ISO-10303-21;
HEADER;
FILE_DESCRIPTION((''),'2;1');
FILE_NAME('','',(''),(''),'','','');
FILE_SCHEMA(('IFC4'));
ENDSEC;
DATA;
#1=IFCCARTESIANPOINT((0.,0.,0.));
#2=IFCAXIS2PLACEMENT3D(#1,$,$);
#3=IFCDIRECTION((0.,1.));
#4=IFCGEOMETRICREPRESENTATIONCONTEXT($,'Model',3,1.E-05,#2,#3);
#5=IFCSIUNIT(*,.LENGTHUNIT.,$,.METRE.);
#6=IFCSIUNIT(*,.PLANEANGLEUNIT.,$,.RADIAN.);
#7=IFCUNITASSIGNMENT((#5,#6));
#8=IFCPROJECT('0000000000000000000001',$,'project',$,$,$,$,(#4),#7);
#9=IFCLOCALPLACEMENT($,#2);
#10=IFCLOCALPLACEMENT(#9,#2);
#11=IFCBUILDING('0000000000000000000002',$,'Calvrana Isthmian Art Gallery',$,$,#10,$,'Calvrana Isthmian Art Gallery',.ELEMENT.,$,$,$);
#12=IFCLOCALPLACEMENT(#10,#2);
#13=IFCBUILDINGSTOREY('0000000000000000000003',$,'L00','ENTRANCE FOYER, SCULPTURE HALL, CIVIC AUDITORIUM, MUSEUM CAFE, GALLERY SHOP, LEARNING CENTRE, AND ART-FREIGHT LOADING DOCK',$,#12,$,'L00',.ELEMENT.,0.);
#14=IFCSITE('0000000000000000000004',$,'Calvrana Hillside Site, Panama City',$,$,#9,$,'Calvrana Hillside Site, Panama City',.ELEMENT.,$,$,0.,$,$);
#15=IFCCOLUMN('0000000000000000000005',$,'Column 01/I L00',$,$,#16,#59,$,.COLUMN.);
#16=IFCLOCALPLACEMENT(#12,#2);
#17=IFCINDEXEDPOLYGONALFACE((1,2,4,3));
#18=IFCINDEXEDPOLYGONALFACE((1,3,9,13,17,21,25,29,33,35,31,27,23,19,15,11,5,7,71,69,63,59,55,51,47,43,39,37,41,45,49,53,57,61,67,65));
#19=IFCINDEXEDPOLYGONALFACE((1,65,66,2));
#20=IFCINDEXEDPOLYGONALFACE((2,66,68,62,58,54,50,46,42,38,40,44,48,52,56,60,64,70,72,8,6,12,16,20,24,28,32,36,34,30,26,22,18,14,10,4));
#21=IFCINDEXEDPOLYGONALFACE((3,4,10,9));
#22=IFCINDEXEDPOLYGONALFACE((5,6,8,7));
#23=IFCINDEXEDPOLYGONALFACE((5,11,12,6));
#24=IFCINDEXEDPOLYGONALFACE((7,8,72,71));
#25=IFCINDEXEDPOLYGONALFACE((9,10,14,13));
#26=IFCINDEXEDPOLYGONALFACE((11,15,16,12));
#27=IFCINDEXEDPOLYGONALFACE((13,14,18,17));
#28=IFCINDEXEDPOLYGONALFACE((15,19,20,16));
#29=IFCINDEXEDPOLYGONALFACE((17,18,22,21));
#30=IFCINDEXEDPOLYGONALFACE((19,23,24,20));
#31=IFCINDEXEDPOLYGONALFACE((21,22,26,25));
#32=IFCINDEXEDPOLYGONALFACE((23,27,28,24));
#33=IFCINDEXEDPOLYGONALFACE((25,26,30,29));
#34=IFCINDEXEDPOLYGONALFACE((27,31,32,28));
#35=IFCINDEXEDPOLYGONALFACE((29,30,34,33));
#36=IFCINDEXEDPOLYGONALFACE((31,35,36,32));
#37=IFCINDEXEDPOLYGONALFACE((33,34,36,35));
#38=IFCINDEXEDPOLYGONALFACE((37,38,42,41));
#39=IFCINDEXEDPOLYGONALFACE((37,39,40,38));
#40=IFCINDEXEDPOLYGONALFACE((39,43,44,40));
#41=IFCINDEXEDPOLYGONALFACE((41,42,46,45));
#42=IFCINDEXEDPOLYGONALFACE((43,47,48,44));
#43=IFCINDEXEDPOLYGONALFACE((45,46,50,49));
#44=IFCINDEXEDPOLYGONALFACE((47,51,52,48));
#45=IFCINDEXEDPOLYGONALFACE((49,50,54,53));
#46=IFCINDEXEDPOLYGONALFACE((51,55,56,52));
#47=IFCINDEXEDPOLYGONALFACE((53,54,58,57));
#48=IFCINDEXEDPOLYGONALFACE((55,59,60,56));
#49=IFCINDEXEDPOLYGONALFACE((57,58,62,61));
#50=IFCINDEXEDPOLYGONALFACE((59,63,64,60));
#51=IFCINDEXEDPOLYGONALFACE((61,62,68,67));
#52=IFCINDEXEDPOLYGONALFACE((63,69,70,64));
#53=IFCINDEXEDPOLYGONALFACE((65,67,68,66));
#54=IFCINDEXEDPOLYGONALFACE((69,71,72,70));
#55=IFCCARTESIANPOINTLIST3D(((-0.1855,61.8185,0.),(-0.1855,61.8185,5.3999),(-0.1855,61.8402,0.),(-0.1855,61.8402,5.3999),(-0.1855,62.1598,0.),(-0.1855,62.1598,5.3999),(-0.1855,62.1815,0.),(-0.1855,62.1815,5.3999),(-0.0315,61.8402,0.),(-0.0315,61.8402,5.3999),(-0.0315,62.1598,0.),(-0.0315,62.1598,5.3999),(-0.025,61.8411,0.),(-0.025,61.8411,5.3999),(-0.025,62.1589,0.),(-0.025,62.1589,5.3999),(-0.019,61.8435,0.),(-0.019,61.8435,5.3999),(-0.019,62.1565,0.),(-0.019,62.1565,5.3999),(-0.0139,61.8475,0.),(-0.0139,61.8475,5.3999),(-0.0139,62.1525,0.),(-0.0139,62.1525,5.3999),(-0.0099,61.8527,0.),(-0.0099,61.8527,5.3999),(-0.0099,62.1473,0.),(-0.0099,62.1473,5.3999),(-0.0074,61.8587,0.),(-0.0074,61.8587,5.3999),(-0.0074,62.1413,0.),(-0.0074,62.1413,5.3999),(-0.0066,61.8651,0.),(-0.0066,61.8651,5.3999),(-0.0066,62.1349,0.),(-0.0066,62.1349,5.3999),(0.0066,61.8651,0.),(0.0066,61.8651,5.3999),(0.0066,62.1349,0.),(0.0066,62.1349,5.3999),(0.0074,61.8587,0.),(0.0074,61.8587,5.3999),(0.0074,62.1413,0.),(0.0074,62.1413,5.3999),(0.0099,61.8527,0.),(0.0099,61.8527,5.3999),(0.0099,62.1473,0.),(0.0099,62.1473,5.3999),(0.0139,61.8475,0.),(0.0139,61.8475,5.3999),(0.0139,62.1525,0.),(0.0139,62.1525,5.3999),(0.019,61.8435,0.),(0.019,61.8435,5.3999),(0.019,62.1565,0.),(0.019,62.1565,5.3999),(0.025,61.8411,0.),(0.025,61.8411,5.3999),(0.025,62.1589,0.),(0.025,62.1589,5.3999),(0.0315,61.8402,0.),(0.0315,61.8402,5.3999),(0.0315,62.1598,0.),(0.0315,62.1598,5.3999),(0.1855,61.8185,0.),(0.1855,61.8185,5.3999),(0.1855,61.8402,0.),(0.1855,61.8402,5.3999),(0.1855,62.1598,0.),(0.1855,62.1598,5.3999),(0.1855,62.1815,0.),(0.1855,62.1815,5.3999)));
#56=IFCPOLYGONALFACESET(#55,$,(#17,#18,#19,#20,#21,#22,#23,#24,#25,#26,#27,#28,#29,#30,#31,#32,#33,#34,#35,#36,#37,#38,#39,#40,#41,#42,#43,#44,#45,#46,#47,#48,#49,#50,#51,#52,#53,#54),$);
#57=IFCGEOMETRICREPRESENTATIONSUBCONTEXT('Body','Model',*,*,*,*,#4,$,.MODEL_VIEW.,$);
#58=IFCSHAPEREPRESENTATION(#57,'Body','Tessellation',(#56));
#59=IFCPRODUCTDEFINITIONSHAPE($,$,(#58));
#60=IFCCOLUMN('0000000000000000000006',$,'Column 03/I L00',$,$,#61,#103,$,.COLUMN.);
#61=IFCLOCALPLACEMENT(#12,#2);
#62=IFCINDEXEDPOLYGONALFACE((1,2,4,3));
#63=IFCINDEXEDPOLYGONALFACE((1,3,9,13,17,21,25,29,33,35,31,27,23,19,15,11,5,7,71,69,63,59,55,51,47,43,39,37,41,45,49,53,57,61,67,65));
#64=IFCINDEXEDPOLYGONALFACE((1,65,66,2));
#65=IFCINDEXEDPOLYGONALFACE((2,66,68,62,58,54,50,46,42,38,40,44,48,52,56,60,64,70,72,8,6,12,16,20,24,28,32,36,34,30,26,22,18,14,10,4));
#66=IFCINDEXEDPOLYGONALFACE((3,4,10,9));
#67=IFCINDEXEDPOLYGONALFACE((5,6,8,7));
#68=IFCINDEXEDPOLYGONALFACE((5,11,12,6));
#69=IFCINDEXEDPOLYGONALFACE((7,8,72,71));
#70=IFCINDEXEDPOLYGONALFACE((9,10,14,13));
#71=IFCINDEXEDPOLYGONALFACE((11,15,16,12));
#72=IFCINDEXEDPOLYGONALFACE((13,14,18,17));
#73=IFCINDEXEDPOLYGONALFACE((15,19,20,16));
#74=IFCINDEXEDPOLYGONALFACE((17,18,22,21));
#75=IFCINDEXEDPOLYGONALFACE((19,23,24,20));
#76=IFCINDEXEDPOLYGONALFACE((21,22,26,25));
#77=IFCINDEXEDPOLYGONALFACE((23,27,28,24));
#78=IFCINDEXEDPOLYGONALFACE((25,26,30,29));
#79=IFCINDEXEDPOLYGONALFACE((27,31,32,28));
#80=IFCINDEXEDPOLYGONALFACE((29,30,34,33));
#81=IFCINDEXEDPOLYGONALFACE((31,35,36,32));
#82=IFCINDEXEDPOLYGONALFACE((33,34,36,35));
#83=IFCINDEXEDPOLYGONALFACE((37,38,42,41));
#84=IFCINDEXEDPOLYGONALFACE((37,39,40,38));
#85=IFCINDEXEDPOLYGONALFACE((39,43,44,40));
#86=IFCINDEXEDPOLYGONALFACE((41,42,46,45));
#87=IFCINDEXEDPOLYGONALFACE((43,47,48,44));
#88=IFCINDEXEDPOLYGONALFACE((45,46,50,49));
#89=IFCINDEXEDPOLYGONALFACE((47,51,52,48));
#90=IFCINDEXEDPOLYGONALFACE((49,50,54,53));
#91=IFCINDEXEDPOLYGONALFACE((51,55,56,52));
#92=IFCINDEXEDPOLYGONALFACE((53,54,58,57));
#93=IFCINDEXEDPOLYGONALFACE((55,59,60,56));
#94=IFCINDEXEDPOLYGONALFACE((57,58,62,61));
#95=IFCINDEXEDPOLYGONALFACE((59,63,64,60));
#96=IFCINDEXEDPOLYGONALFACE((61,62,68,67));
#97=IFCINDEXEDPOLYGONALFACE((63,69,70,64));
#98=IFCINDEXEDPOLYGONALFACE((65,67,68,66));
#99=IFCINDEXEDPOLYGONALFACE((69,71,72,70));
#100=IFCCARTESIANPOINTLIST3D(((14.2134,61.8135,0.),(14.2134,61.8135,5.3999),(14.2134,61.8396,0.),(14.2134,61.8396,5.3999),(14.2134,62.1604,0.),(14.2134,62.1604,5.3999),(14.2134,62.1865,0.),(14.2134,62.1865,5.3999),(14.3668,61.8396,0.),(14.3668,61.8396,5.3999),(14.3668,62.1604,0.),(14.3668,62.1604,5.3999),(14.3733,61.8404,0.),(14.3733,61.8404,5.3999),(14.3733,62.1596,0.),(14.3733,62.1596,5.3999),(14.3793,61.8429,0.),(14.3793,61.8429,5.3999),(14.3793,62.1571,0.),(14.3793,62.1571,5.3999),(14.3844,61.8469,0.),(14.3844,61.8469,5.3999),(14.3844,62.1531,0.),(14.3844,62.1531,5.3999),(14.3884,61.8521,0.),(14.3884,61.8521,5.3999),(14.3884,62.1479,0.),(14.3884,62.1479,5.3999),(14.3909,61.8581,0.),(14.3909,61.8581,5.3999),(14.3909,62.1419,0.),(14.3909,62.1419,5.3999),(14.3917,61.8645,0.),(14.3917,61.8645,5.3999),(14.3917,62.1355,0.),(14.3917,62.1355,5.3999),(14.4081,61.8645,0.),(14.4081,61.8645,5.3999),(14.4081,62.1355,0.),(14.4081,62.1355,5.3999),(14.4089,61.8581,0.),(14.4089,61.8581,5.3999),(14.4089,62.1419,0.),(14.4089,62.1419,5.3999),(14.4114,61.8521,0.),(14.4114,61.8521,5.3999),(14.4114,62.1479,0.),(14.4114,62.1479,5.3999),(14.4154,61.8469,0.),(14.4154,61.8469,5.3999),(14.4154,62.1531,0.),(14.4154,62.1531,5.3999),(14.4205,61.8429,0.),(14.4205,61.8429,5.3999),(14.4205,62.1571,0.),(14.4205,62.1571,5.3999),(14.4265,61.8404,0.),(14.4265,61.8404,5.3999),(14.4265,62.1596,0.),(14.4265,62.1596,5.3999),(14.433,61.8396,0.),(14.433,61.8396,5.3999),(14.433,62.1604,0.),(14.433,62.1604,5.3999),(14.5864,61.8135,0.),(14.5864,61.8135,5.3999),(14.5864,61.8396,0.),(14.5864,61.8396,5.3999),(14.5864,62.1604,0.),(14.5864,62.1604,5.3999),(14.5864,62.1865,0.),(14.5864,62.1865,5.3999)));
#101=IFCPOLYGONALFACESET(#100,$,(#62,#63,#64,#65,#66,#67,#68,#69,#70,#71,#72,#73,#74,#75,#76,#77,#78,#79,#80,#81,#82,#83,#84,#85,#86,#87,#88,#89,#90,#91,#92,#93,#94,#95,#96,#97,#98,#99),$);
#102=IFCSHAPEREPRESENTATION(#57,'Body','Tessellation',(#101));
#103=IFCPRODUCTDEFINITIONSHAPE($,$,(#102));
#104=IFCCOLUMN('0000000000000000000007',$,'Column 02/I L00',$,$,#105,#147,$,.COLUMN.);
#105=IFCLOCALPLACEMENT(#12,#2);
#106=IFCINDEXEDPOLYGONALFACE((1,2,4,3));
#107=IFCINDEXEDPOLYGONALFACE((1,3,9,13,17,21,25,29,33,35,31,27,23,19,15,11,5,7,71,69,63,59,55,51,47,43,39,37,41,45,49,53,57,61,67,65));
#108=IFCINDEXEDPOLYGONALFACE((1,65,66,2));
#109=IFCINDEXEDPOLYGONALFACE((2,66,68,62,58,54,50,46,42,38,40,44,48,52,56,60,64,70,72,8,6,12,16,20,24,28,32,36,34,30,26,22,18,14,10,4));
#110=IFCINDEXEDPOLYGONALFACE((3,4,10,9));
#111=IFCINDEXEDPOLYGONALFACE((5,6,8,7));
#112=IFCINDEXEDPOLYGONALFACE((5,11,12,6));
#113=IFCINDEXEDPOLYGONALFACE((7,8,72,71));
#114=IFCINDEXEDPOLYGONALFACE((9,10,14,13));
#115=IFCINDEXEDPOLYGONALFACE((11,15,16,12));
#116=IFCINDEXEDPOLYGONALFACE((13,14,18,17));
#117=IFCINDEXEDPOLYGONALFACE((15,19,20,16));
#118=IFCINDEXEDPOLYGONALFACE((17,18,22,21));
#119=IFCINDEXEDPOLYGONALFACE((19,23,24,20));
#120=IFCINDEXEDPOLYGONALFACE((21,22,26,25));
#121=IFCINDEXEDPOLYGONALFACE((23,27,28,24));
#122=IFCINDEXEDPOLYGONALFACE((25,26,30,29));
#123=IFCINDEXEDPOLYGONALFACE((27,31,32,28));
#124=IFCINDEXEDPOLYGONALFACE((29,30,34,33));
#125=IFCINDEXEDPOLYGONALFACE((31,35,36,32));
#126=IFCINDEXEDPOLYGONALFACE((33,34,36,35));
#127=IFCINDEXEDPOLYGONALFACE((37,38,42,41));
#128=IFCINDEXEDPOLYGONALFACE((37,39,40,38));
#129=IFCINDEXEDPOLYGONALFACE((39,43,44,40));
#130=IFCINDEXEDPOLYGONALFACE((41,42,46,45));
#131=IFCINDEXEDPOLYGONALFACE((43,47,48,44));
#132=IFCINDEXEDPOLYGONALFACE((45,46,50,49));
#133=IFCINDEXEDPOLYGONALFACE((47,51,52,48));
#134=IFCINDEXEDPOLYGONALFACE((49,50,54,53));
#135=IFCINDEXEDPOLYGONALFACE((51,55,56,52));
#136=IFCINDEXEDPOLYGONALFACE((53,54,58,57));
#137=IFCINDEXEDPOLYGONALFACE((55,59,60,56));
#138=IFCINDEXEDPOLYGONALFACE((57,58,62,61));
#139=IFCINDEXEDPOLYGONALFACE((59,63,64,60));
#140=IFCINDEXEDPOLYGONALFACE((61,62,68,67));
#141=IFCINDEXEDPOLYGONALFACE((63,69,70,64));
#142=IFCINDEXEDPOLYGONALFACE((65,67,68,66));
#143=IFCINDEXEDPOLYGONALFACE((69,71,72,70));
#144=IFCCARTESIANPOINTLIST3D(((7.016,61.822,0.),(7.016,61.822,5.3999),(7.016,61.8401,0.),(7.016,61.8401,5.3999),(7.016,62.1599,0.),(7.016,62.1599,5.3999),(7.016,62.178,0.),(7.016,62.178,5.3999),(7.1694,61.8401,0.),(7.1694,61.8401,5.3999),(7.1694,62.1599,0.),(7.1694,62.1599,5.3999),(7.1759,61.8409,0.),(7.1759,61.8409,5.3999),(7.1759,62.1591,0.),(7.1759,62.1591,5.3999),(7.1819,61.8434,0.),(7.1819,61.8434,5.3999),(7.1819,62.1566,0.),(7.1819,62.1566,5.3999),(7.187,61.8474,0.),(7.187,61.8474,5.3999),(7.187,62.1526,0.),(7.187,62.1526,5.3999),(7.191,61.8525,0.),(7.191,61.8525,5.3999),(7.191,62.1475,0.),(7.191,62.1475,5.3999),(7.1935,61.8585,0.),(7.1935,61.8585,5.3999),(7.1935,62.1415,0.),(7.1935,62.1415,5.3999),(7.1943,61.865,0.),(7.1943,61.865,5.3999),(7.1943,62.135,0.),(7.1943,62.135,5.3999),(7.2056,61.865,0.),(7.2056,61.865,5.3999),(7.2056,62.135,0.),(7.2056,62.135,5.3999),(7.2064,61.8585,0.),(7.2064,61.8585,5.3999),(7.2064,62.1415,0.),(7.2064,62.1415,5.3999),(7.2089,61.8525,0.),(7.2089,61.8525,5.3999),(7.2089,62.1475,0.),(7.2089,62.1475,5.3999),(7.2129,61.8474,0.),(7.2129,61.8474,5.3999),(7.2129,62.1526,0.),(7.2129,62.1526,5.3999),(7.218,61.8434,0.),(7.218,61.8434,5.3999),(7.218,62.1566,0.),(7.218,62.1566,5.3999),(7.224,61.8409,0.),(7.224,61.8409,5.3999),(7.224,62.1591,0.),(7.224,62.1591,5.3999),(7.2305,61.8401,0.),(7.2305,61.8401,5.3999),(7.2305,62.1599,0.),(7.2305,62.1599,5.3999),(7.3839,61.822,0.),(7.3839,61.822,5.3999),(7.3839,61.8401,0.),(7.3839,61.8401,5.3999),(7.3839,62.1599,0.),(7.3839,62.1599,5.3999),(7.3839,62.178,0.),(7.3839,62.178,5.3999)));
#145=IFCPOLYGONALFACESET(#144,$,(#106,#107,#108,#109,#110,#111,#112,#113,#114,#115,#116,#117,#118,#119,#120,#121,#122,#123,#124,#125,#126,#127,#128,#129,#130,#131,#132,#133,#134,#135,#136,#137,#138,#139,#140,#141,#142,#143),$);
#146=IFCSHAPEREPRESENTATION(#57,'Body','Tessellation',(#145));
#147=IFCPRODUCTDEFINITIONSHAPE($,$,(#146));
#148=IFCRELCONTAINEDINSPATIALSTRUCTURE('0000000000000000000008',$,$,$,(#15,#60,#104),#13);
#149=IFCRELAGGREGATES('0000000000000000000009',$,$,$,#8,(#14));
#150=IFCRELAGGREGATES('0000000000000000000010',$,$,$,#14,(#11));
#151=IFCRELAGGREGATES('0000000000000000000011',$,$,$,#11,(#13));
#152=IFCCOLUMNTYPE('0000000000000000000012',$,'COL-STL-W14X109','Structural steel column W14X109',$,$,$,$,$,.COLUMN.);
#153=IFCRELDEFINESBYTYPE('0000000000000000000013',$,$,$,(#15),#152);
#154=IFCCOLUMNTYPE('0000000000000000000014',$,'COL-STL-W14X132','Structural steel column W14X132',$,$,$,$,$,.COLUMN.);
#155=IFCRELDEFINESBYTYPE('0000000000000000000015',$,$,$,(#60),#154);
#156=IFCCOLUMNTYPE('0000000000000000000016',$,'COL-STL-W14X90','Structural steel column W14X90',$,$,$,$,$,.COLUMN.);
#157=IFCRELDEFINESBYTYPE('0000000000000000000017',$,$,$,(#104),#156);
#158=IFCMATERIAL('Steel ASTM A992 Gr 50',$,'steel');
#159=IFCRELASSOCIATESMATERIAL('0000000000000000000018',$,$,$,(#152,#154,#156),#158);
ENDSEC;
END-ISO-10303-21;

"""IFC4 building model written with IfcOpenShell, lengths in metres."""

from ifc_helpers import new_model, si_unit, direction, frame, origin, origin_2d, place, context, subcontext, project, spatial, i_section, extrude, material, material_profile, profile_set, type_object, element, save


model = new_model("IFC4")

# Units and contexts
model_context = context("Model", 3, precision=1e-05, world=origin(), true_north=direction((0.0, 1.0)))
body_context = subcontext(model_context, "Body", "Model", "MODEL_VIEW")
ifc_project = project(units=[si_unit("LENGTHUNIT", "METRE"), si_unit("PLANEANGLEUNIT", "RADIAN")], contexts=[model_context])

# Site, building, storey
site_placement = place(None, origin())
site = spatial("IfcSite", under=ifc_project, at=site_placement, Name="Calvrana Hillside Site, Panama City", LongName="Calvrana Hillside Site, Panama City", CompositionType="ELEMENT", RefElevation=0.0)
building_placement = place(site_placement, origin())
building = spatial("IfcBuilding", under=site, at=building_placement, Name="Calvrana Isthmian Art Gallery", LongName="Calvrana Isthmian Art Gallery", CompositionType="ELEMENT")
storey_placement = place(building_placement, origin())
storey = spatial("IfcBuildingStorey", under=building, at=storey_placement, Name="L00", Description="ENTRANCE FOYER, SCULPTURE HALL, CIVIC AUDITORIUM, MUSEUM CAFE, GALLERY SHOP, LEARNING CENTRE, AND ART-FREIGHT LOADING DOCK", LongName="L00", CompositionType="ELEMENT", Elevation=0.0)

# Columns
ifc_material_1 = material(Name="Steel ASTM A992 Gr 50", Category="steel")
ifc_material_profile_1 = material_profile(ifc_material_1, i_section(OverallWidth=0.3711, OverallDepth=0.363, WebThickness=0.0132, FlangeThickness=0.0217, FilletRadius=0.0249, at=origin_2d()), Name="W14X109")
ifc_profile_set_1 = profile_set([ifc_material_profile_1], Name="Steel ASTM A992 Gr 50")
column_type_1 = type_object("IfcColumnType", Name="COL-STL-W14X109", Description="Structural steel column W14X109", PredefinedType="COLUMN", material=ifc_profile_set_1)
column_1_placement = place(storey_placement, frame((0.0, 62.0, 0.0), z_axis=(0.0, 0.0, 1.0), x_axis=(1.0, 0.0, 0.0)))
element("IfcColumn", 1, at=column_1_placement, inside=storey, type_object=column_type_1, Name="Column 01/I L00", PredefinedType="COLUMN", context=body_context, shape_type="SweptSolid", body=[
    extrude(i_section(OverallWidth=0.3711, OverallDepth=0.363, WebThickness=0.0132, FlangeThickness=0.0217, FilletRadius=0.0249, at=origin_2d()), origin(), (0.0, 0.0, 1.0), 5.3999),
])
ifc_material_profile_2 = material_profile(ifc_material_1, i_section(OverallWidth=0.373, OverallDepth=0.373, WebThickness=0.0164, FlangeThickness=0.0261, FilletRadius=0.0249, at=origin_2d()), Name="W14X132")
ifc_profile_set_2 = profile_set([ifc_material_profile_2], Name="Steel ASTM A992 Gr 50")
column_type_2 = type_object("IfcColumnType", Name="COL-STL-W14X132", Description="Structural steel column W14X132", PredefinedType="COLUMN", material=ifc_profile_set_2)
column_2_placement = place(storey_placement, frame((14.3999, 62.0, 0.0), z_axis=(0.0, 0.0, 1.0), x_axis=(1.0, 0.0, 0.0)))
element("IfcColumn", 2, at=column_2_placement, inside=storey, type_object=column_type_2, Name="Column 03/I L00", PredefinedType="COLUMN", context=body_context, shape_type="SweptSolid", body=[
    extrude(i_section(OverallWidth=0.373, OverallDepth=0.373, WebThickness=0.0164, FlangeThickness=0.0261, FilletRadius=0.0249, at=origin_2d()), origin(), (0.0, 0.0, 1.0), 5.3999),
])
ifc_material_profile_3 = material_profile(ifc_material_1, i_section(OverallWidth=0.3679, OverallDepth=0.356, WebThickness=0.0112, FlangeThickness=0.0181, FilletRadius=0.0249, at=origin_2d()), Name="W14X90")
ifc_profile_set_3 = profile_set([ifc_material_profile_3], Name="Steel ASTM A992 Gr 50")
column_type_3 = type_object("IfcColumnType", Name="COL-STL-W14X90", Description="Structural steel column W14X90", PredefinedType="COLUMN", material=ifc_profile_set_3)
column_3_placement = place(storey_placement, frame((7.2, 62.0, 0.0), z_axis=(0.0, 0.0, 1.0), x_axis=(1.0, 0.0, 0.0)))
element("IfcColumn", 3, at=column_3_placement, inside=storey, type_object=column_type_3, Name="Column 02/I L00", PredefinedType="COLUMN", context=body_context, shape_type="SweptSolid", body=[
    extrude(i_section(OverallWidth=0.3679, OverallDepth=0.356, WebThickness=0.0112, FlangeThickness=0.0181, FilletRadius=0.0249, at=origin_2d()), origin(), (0.0, 0.0, 1.0), 5.3999),
])

save(model, "model.ifc")
